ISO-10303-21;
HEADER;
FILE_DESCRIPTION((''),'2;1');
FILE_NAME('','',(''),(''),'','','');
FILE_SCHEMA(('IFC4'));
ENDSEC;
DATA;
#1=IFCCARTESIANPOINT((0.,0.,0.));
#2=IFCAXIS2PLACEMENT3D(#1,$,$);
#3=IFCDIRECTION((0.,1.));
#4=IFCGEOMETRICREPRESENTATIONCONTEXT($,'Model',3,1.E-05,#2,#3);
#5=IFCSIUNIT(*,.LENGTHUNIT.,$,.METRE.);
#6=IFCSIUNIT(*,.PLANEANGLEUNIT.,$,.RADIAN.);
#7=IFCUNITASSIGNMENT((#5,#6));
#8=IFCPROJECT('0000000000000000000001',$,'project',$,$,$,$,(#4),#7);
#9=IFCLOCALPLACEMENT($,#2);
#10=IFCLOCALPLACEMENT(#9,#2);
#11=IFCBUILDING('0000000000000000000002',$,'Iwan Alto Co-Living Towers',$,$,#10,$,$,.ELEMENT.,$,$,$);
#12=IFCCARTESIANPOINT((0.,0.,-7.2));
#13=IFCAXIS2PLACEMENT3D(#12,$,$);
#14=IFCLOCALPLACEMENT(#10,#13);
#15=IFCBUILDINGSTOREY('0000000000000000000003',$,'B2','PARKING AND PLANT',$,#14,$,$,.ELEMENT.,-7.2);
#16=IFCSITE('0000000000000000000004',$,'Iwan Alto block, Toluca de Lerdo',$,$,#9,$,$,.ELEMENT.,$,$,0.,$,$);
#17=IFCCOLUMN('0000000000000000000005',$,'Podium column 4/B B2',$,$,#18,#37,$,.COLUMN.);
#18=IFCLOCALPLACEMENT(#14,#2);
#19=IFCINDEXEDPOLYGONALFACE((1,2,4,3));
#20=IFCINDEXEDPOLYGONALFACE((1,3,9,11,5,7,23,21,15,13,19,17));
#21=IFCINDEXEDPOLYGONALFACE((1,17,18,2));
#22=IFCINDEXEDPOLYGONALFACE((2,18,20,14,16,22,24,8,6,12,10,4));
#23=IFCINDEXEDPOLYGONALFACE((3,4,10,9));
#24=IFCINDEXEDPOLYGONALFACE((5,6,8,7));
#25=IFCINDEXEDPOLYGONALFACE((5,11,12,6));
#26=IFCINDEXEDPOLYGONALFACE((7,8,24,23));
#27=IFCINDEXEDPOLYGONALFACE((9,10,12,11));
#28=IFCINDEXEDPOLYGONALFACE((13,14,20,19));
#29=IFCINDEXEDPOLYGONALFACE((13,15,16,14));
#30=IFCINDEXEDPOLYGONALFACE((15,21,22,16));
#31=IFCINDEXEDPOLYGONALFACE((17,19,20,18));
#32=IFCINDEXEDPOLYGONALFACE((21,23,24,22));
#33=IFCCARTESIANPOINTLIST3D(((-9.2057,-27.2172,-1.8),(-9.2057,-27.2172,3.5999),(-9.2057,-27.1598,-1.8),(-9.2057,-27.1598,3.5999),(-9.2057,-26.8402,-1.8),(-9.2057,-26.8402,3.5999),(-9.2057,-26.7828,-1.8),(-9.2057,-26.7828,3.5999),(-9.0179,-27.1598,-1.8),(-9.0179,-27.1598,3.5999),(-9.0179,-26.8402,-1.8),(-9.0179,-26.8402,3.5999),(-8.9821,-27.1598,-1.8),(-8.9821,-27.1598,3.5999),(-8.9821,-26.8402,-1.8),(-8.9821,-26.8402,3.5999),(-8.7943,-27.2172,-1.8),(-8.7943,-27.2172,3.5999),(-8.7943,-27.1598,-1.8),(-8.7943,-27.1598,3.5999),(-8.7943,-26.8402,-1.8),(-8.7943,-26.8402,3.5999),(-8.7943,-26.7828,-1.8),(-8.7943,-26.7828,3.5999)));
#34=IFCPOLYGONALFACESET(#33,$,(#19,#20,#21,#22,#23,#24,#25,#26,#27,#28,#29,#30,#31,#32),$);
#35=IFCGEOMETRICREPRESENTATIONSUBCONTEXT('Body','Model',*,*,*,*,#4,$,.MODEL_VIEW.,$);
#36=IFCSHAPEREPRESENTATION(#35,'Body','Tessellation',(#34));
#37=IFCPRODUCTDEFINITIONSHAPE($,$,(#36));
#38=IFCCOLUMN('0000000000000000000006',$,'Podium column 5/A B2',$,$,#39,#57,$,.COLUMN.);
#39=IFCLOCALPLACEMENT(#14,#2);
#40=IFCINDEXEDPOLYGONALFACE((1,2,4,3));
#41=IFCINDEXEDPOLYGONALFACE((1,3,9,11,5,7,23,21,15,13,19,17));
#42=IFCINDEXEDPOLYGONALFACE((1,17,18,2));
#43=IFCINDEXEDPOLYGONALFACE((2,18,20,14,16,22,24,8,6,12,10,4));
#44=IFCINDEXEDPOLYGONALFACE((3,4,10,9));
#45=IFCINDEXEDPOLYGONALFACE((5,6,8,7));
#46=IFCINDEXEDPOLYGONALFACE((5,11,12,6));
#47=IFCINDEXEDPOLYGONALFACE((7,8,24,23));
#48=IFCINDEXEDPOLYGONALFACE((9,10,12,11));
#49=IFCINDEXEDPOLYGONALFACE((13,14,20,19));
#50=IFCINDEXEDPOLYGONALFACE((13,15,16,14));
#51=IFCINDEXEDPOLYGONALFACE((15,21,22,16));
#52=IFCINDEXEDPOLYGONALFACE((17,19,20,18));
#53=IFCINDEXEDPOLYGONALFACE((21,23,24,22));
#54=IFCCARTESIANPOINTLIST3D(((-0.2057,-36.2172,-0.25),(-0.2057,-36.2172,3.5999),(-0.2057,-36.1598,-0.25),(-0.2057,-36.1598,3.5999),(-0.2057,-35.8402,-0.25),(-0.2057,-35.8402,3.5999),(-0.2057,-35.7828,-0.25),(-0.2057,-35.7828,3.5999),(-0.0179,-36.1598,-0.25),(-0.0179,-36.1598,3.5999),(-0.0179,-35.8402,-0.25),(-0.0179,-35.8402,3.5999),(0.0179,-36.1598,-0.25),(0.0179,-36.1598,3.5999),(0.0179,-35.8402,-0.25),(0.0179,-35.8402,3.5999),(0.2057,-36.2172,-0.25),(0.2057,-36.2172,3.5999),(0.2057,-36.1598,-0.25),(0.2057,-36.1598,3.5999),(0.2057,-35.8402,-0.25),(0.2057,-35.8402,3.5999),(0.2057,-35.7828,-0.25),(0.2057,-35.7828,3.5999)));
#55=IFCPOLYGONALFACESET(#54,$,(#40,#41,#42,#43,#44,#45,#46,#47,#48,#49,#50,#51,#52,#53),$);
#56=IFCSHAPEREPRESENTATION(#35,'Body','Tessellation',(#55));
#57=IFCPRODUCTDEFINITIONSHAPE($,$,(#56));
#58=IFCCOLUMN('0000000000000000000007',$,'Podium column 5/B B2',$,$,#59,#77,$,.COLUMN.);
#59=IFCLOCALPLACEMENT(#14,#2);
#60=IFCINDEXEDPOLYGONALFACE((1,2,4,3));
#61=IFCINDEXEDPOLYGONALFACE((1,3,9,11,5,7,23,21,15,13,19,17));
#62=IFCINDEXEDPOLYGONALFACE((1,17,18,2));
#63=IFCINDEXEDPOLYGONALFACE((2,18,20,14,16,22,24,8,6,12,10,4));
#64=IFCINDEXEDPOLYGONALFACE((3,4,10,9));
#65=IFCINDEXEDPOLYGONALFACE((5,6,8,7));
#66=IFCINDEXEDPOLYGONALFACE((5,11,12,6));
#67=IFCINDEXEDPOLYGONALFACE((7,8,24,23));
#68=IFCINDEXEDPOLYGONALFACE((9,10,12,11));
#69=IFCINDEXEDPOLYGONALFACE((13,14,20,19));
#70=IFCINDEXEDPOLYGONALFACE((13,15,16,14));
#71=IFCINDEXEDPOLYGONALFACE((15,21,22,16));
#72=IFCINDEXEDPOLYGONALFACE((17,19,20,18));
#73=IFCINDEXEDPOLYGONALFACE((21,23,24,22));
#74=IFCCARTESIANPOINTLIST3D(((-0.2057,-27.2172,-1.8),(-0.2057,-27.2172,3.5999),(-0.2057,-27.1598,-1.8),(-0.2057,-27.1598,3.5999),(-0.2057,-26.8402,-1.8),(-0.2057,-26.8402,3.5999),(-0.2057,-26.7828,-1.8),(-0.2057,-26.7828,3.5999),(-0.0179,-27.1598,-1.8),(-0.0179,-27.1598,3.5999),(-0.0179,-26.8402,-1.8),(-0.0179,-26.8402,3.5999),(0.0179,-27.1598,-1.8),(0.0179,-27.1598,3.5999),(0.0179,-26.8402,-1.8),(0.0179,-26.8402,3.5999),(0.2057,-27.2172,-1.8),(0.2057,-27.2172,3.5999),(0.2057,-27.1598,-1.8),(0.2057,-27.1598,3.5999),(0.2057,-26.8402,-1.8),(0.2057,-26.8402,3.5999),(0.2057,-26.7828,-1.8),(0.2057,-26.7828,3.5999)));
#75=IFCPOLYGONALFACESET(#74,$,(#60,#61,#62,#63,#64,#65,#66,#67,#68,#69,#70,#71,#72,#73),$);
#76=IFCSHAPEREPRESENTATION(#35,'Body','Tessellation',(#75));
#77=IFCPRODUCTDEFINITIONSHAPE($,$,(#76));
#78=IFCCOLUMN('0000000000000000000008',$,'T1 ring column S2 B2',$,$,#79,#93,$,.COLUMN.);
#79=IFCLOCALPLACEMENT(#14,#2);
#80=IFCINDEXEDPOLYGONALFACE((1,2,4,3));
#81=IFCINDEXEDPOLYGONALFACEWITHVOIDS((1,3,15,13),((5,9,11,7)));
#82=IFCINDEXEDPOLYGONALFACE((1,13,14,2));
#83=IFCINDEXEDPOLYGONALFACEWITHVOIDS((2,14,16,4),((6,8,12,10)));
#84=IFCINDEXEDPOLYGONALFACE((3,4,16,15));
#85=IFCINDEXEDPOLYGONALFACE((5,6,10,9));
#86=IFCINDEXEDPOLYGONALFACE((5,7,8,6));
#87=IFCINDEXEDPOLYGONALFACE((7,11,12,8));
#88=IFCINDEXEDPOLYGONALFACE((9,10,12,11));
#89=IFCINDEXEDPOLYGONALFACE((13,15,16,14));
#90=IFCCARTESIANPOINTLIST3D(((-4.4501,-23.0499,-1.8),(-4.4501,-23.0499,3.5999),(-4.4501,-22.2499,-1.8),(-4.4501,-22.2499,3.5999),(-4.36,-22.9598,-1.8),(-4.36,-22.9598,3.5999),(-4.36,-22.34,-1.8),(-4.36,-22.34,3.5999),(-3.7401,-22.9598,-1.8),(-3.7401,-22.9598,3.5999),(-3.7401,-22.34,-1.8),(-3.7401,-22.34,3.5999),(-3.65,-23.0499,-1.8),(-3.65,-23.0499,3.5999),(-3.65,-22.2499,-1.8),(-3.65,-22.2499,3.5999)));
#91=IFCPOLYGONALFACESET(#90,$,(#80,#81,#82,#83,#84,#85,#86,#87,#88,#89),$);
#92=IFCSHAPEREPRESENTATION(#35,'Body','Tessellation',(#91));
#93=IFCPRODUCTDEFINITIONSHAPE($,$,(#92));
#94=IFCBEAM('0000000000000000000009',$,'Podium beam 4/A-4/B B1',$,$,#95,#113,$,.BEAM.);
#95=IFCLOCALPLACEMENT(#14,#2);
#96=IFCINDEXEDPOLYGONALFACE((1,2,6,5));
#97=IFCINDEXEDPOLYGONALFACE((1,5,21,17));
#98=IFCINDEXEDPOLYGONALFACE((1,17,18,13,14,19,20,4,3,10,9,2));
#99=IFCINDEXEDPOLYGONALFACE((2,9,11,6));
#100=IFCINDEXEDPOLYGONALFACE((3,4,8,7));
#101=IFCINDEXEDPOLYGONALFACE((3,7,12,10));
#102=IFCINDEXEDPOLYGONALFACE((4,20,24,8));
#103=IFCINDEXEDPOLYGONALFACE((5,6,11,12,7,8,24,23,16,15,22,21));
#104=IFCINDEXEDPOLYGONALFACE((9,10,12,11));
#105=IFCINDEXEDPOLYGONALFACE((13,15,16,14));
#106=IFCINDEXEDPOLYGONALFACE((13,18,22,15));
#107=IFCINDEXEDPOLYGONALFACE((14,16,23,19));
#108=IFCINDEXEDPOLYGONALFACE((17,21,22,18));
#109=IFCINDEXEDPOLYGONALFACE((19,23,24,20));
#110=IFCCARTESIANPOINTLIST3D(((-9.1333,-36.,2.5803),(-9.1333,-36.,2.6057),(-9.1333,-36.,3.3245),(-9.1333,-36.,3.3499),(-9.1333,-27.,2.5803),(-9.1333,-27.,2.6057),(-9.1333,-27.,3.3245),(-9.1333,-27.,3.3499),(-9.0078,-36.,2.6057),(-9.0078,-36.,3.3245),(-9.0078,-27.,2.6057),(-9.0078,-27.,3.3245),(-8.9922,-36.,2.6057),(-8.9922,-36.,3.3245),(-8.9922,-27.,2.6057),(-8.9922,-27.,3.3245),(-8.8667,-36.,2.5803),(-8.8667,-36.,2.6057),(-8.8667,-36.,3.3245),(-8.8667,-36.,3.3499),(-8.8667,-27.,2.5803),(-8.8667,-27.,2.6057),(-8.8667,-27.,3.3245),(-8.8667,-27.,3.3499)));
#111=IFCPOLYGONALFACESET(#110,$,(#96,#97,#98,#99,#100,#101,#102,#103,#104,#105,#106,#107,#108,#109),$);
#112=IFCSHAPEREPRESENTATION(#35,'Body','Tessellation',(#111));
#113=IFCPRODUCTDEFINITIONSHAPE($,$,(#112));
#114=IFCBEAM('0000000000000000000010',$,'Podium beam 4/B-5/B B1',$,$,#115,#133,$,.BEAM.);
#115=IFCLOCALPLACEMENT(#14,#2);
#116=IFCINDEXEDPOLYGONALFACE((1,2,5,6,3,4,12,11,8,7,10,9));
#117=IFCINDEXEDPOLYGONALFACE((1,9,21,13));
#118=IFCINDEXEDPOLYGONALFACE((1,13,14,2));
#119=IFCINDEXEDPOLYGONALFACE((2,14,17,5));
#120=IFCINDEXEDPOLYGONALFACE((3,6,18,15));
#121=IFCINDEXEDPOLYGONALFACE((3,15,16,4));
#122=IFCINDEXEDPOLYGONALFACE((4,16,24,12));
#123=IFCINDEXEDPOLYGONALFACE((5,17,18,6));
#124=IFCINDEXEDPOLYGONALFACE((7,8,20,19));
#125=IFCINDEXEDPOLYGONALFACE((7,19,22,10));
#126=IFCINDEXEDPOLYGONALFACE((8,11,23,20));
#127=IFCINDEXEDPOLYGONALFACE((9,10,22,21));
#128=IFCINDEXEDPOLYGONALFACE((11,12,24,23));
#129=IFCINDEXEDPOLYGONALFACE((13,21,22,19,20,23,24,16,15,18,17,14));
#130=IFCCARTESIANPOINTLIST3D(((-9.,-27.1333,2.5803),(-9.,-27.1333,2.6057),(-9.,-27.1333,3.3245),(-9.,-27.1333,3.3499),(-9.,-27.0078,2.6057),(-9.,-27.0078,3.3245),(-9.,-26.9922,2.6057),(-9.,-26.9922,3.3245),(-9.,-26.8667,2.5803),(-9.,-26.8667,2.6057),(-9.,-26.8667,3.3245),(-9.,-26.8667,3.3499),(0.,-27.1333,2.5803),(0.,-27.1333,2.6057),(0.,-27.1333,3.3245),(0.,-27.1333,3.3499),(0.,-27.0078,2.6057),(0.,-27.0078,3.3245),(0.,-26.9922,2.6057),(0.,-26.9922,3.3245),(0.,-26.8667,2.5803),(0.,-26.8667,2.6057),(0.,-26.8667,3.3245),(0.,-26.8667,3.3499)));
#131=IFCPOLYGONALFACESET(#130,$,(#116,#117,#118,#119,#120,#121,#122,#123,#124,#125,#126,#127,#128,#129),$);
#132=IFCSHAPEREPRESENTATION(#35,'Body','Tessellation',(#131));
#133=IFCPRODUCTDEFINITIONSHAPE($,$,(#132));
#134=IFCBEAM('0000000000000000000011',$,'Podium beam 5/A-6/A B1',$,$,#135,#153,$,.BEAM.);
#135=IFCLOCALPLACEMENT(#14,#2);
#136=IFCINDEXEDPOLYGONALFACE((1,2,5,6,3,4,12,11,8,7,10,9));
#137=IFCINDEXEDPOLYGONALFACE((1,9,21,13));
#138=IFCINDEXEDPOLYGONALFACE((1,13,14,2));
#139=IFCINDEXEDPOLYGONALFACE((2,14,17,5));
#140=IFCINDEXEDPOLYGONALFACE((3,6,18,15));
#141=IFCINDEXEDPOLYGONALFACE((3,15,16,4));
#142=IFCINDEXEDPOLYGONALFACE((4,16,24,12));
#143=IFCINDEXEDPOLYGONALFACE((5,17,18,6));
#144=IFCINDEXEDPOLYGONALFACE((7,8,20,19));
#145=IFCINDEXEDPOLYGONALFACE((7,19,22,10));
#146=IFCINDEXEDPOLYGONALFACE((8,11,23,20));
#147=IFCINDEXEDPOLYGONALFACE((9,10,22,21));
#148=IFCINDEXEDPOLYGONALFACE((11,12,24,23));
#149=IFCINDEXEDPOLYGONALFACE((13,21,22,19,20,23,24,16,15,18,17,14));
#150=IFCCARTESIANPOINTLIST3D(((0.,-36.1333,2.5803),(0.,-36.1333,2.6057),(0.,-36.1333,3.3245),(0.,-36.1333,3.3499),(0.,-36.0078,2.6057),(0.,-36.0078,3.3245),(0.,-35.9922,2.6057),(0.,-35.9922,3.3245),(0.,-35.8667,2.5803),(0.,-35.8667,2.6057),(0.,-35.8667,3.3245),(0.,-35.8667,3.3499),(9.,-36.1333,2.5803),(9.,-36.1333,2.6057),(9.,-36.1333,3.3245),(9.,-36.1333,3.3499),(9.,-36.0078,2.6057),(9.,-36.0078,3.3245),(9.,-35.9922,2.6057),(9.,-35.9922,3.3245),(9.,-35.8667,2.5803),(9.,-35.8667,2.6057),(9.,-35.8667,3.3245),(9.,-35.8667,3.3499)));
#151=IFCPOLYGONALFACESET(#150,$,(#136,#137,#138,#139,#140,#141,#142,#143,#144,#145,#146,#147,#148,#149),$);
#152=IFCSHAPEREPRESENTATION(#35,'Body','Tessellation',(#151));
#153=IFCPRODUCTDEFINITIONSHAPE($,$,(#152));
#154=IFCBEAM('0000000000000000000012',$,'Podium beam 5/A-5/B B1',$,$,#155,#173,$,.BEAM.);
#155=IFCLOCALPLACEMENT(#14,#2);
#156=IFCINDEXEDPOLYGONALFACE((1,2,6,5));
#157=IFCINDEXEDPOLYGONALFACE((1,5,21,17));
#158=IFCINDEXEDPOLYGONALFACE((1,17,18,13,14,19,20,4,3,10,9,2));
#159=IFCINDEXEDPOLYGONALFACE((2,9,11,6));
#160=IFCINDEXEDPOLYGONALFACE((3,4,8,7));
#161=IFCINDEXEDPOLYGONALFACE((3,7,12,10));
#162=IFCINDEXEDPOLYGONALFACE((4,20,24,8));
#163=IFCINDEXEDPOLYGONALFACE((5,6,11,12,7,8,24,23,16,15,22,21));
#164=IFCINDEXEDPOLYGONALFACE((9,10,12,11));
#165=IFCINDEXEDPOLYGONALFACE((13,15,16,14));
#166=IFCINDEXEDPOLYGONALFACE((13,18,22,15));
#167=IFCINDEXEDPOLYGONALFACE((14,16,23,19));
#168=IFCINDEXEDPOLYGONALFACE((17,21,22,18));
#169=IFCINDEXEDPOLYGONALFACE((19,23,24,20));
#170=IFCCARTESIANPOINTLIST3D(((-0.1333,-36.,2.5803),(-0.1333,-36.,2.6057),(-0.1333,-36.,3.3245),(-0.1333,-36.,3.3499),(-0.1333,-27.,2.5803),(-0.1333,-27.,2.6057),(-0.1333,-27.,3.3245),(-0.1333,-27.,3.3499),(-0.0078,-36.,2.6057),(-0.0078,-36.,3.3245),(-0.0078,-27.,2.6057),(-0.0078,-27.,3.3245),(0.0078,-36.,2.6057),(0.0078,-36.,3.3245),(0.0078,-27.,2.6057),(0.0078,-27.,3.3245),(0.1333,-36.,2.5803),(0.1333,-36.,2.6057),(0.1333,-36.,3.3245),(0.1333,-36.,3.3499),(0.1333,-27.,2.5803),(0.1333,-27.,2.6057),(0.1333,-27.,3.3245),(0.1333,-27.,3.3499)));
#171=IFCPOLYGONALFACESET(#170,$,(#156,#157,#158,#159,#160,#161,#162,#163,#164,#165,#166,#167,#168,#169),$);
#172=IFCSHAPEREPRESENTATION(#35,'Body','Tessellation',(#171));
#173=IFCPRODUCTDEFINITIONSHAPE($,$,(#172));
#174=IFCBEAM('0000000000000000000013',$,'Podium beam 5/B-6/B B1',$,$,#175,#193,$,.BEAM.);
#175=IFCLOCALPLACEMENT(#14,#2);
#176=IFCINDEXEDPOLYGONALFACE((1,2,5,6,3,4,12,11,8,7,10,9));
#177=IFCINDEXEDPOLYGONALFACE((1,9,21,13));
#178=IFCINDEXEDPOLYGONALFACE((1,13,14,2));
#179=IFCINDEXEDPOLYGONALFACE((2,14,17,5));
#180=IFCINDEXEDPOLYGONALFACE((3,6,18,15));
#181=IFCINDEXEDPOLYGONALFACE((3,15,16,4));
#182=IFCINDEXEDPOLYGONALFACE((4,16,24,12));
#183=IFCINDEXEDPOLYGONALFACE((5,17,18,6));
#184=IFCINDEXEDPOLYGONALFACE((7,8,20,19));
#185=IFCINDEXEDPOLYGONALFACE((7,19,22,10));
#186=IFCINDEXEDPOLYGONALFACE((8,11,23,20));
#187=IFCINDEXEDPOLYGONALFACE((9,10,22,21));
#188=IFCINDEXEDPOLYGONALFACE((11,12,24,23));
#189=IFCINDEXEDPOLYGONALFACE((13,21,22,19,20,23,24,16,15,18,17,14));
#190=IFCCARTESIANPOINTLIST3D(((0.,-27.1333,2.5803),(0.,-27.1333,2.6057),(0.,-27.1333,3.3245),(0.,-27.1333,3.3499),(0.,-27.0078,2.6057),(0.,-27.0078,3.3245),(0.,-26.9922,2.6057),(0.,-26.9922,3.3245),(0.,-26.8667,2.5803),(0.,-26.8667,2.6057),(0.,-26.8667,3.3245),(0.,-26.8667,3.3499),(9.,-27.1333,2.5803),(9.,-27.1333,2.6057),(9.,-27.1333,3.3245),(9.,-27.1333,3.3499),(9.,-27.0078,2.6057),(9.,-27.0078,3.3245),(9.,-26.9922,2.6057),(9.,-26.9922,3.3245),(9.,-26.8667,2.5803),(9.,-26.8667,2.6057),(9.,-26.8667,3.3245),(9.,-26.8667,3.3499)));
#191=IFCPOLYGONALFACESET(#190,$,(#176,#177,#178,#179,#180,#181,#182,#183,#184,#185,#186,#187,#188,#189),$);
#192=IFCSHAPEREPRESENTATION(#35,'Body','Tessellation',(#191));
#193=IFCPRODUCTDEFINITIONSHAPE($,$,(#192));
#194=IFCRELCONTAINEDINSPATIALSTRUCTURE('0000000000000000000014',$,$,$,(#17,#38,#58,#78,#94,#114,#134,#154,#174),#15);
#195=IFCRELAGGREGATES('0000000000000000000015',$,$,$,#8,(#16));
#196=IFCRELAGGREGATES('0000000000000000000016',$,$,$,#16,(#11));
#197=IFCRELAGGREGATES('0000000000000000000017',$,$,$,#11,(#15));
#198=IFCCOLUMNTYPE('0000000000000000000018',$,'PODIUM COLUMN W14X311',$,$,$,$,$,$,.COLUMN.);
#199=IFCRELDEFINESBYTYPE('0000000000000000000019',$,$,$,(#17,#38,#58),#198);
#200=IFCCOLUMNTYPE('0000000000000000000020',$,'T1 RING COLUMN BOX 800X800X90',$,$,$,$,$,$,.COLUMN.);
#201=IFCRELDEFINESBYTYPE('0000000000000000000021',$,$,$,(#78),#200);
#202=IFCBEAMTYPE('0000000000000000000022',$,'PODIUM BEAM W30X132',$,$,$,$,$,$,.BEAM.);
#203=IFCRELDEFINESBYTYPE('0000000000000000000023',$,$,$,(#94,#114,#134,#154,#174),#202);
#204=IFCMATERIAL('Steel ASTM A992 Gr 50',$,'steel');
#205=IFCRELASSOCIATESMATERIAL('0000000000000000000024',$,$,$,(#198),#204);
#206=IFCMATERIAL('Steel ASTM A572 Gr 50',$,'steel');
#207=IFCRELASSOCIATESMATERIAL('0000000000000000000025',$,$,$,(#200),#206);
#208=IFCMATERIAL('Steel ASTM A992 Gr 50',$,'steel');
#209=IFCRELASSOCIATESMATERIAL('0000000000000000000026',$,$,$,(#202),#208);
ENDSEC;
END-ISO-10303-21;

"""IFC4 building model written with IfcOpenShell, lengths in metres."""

from ifc_helpers import new_model, si_unit, direction, frame, origin, origin_2d, place, context, subcontext, project, spatial, hollow_rectangle, i_section, extrude, material, material_profile, profile_set, type_object, element, save


model = new_model("IFC4")

# Units and contexts
model_context = context("Model", 3, precision=1e-05, world=origin(), true_north=direction((0.0, 1.0)))
body_context = subcontext(model_context, "Body", "Model", "MODEL_VIEW")
ifc_project = project(units=[si_unit("LENGTHUNIT", "METRE"), si_unit("PLANEANGLEUNIT", "RADIAN")], contexts=[model_context])

# Site, building, storey
site_placement = place(None, origin())
site = spatial("IfcSite", under=ifc_project, at=site_placement, Name="Iwan Alto block, Toluca de Lerdo", CompositionType="ELEMENT", RefElevation=0.0)
building_placement = place(site_placement, origin())
building = spatial("IfcBuilding", under=site, at=building_placement, Name="Iwan Alto Co-Living Towers", CompositionType="ELEMENT")
storey_placement = place(building_placement, frame((0.0, 0.0, -7.2)))
storey = spatial("IfcBuildingStorey", under=building, at=storey_placement, Name="B2", Description="PARKING AND PLANT", CompositionType="ELEMENT", Elevation=-7.2)

# Columns
ifc_material_1 = material(Name="Steel ASTM A992 Gr 50", Category="steel")
ifc_material_profile_1 = material_profile(ifc_material_1, i_section(OverallWidth=0.4114, OverallDepth=0.4343, WebThickness=0.0359, FlangeThickness=0.0574, at=origin_2d()), Name="W14X311")
ifc_profile_set_1 = profile_set([ifc_material_profile_1], Name="Steel ASTM A992 Gr 50")
column_type_1 = type_object("IfcColumnType", Name="PODIUM COLUMN W14X311", PredefinedType="COLUMN", material=ifc_profile_set_1)
column_1_placement = place(storey_placement, frame((-9.0, -27.0, -1.8), z_axis=(0.0, 0.0, 1.0), x_axis=(1.0, 0.0, 0.0)))
element("IfcColumn", 1, at=column_1_placement, inside=storey, type_object=column_type_1, Name="Podium column 4/B B2", PredefinedType="COLUMN", context=body_context, shape_type="SweptSolid", body=[
    extrude(i_section(OverallWidth=0.4114, OverallDepth=0.4343, WebThickness=0.0359, FlangeThickness=0.0574, at=origin_2d()), origin(), (0.0, 0.0, 1.0), 5.3999),
])
column_2_placement = place(storey_placement, frame((0.0, -36.0, -0.25), z_axis=(0.0, 0.0, 1.0), x_axis=(1.0, 0.0, 0.0)))
element("IfcColumn", 2, at=column_2_placement, inside=storey, type_object=column_type_1, Name="Podium column 5/A B2", PredefinedType="COLUMN", context=body_context, shape_type="SweptSolid", body=[
    extrude(i_section(OverallWidth=0.4114, OverallDepth=0.4343, WebThickness=0.0359, FlangeThickness=0.0574, at=origin_2d()), origin(), (0.0, 0.0, 1.0), 3.8499),
])
column_3_placement = place(storey_placement, frame((0.0, -27.0, -1.8), z_axis=(0.0, 0.0, 1.0), x_axis=(1.0, 0.0, 0.0)))
element("IfcColumn", 3, at=column_3_placement, inside=storey, type_object=column_type_1, Name="Podium column 5/B B2", PredefinedType="COLUMN", context=body_context, shape_type="SweptSolid", body=[
    extrude(i_section(OverallWidth=0.4114, OverallDepth=0.4343, WebThickness=0.0359, FlangeThickness=0.0574, at=origin_2d()), origin(), (0.0, 0.0, 1.0), 5.3999),
])
ifc_material_2 = material(Name="Steel ASTM A572 Gr 50", Category="steel")
ifc_material_profile_2 = material_profile(ifc_material_2, hollow_rectangle(XDim=0.8, YDim=0.8, WallThickness=0.0901, at=origin_2d()), Name="BOX 800X800X90")
ifc_profile_set_2 = profile_set([ifc_material_profile_2], Name="Steel ASTM A572 Gr 50")
column_type_2 = type_object("IfcColumnType", Name="T1 RING COLUMN BOX 800X800X90", PredefinedType="COLUMN", material=ifc_profile_set_2)
column_4_placement = place(storey_placement, frame((-4.05, -22.6499, -1.8), z_axis=(0.0, 0.0, 1.0), x_axis=(1.0, 0.0, 0.0)))
element("IfcColumn", 4, at=column_4_placement, inside=storey, type_object=column_type_2, Name="T1 ring column S2 B2", PredefinedType="COLUMN", context=body_context, shape_type="SweptSolid", body=[
    extrude(hollow_rectangle(XDim=0.8, YDim=0.8, WallThickness=0.0901, at=origin_2d()), origin(), (0.0, 0.0, 1.0), 5.3999),
])

# Beams
ifc_material_3 = material(Name="Steel ASTM A992 Gr 50", Category="steel")
ifc_material_profile_3 = material_profile(ifc_material_3, i_section(OverallWidth=0.2666, OverallDepth=0.7695, WebThickness=0.0156, FlangeThickness=0.0254, at=origin_2d()), Name="W30X132")
ifc_profile_set_3 = profile_set([ifc_material_profile_3], Name="Steel ASTM A992 Gr 50")
beam_type_1 = type_object("IfcBeamType", Name="PODIUM BEAM W30X132", PredefinedType="BEAM", material=ifc_profile_set_3)
for number, where, z_axis, x_axis, name in (
    (5, (-9.0, -36.0, 2.9651), (0.0, 1.0, 0.0), (-1.0, 0.0, 0.0), "Podium beam 4/A-4/B B1"),
    (6, (-9.0, -27.0, 2.9651), (1.0, 0.0, 0.0), (0.0, 1.0, 0.0), "Podium beam 4/B-5/B B1"),
    (7, (0.0, -36.0, 2.9651), (1.0, 0.0, 0.0), (0.0, 1.0, 0.0), "Podium beam 5/A-6/A B1"),
    (8, (0.0, -36.0, 2.9651), (0.0, 1.0, 0.0), (-1.0, 0.0, 0.0), "Podium beam 5/A-5/B B1"),
    (9, (0.0, -27.0, 2.9651), (1.0, 0.0, 0.0), (0.0, 1.0, 0.0), "Podium beam 5/B-6/B B1"),
):
    element("IfcBeam", number, at=place(storey_placement, frame(where, z_axis=z_axis, x_axis=x_axis)), inside=storey, type_object=beam_type_1, Name=name, PredefinedType="BEAM", context=body_context, shape_type="SweptSolid", body=[
        extrude(i_section(OverallWidth=0.2666, OverallDepth=0.7695, WebThickness=0.0156, FlangeThickness=0.0254, at=origin_2d()), origin(), (0.0, 0.0, 1.0), 9.0),
    ])

save(model, "model.ifc")
